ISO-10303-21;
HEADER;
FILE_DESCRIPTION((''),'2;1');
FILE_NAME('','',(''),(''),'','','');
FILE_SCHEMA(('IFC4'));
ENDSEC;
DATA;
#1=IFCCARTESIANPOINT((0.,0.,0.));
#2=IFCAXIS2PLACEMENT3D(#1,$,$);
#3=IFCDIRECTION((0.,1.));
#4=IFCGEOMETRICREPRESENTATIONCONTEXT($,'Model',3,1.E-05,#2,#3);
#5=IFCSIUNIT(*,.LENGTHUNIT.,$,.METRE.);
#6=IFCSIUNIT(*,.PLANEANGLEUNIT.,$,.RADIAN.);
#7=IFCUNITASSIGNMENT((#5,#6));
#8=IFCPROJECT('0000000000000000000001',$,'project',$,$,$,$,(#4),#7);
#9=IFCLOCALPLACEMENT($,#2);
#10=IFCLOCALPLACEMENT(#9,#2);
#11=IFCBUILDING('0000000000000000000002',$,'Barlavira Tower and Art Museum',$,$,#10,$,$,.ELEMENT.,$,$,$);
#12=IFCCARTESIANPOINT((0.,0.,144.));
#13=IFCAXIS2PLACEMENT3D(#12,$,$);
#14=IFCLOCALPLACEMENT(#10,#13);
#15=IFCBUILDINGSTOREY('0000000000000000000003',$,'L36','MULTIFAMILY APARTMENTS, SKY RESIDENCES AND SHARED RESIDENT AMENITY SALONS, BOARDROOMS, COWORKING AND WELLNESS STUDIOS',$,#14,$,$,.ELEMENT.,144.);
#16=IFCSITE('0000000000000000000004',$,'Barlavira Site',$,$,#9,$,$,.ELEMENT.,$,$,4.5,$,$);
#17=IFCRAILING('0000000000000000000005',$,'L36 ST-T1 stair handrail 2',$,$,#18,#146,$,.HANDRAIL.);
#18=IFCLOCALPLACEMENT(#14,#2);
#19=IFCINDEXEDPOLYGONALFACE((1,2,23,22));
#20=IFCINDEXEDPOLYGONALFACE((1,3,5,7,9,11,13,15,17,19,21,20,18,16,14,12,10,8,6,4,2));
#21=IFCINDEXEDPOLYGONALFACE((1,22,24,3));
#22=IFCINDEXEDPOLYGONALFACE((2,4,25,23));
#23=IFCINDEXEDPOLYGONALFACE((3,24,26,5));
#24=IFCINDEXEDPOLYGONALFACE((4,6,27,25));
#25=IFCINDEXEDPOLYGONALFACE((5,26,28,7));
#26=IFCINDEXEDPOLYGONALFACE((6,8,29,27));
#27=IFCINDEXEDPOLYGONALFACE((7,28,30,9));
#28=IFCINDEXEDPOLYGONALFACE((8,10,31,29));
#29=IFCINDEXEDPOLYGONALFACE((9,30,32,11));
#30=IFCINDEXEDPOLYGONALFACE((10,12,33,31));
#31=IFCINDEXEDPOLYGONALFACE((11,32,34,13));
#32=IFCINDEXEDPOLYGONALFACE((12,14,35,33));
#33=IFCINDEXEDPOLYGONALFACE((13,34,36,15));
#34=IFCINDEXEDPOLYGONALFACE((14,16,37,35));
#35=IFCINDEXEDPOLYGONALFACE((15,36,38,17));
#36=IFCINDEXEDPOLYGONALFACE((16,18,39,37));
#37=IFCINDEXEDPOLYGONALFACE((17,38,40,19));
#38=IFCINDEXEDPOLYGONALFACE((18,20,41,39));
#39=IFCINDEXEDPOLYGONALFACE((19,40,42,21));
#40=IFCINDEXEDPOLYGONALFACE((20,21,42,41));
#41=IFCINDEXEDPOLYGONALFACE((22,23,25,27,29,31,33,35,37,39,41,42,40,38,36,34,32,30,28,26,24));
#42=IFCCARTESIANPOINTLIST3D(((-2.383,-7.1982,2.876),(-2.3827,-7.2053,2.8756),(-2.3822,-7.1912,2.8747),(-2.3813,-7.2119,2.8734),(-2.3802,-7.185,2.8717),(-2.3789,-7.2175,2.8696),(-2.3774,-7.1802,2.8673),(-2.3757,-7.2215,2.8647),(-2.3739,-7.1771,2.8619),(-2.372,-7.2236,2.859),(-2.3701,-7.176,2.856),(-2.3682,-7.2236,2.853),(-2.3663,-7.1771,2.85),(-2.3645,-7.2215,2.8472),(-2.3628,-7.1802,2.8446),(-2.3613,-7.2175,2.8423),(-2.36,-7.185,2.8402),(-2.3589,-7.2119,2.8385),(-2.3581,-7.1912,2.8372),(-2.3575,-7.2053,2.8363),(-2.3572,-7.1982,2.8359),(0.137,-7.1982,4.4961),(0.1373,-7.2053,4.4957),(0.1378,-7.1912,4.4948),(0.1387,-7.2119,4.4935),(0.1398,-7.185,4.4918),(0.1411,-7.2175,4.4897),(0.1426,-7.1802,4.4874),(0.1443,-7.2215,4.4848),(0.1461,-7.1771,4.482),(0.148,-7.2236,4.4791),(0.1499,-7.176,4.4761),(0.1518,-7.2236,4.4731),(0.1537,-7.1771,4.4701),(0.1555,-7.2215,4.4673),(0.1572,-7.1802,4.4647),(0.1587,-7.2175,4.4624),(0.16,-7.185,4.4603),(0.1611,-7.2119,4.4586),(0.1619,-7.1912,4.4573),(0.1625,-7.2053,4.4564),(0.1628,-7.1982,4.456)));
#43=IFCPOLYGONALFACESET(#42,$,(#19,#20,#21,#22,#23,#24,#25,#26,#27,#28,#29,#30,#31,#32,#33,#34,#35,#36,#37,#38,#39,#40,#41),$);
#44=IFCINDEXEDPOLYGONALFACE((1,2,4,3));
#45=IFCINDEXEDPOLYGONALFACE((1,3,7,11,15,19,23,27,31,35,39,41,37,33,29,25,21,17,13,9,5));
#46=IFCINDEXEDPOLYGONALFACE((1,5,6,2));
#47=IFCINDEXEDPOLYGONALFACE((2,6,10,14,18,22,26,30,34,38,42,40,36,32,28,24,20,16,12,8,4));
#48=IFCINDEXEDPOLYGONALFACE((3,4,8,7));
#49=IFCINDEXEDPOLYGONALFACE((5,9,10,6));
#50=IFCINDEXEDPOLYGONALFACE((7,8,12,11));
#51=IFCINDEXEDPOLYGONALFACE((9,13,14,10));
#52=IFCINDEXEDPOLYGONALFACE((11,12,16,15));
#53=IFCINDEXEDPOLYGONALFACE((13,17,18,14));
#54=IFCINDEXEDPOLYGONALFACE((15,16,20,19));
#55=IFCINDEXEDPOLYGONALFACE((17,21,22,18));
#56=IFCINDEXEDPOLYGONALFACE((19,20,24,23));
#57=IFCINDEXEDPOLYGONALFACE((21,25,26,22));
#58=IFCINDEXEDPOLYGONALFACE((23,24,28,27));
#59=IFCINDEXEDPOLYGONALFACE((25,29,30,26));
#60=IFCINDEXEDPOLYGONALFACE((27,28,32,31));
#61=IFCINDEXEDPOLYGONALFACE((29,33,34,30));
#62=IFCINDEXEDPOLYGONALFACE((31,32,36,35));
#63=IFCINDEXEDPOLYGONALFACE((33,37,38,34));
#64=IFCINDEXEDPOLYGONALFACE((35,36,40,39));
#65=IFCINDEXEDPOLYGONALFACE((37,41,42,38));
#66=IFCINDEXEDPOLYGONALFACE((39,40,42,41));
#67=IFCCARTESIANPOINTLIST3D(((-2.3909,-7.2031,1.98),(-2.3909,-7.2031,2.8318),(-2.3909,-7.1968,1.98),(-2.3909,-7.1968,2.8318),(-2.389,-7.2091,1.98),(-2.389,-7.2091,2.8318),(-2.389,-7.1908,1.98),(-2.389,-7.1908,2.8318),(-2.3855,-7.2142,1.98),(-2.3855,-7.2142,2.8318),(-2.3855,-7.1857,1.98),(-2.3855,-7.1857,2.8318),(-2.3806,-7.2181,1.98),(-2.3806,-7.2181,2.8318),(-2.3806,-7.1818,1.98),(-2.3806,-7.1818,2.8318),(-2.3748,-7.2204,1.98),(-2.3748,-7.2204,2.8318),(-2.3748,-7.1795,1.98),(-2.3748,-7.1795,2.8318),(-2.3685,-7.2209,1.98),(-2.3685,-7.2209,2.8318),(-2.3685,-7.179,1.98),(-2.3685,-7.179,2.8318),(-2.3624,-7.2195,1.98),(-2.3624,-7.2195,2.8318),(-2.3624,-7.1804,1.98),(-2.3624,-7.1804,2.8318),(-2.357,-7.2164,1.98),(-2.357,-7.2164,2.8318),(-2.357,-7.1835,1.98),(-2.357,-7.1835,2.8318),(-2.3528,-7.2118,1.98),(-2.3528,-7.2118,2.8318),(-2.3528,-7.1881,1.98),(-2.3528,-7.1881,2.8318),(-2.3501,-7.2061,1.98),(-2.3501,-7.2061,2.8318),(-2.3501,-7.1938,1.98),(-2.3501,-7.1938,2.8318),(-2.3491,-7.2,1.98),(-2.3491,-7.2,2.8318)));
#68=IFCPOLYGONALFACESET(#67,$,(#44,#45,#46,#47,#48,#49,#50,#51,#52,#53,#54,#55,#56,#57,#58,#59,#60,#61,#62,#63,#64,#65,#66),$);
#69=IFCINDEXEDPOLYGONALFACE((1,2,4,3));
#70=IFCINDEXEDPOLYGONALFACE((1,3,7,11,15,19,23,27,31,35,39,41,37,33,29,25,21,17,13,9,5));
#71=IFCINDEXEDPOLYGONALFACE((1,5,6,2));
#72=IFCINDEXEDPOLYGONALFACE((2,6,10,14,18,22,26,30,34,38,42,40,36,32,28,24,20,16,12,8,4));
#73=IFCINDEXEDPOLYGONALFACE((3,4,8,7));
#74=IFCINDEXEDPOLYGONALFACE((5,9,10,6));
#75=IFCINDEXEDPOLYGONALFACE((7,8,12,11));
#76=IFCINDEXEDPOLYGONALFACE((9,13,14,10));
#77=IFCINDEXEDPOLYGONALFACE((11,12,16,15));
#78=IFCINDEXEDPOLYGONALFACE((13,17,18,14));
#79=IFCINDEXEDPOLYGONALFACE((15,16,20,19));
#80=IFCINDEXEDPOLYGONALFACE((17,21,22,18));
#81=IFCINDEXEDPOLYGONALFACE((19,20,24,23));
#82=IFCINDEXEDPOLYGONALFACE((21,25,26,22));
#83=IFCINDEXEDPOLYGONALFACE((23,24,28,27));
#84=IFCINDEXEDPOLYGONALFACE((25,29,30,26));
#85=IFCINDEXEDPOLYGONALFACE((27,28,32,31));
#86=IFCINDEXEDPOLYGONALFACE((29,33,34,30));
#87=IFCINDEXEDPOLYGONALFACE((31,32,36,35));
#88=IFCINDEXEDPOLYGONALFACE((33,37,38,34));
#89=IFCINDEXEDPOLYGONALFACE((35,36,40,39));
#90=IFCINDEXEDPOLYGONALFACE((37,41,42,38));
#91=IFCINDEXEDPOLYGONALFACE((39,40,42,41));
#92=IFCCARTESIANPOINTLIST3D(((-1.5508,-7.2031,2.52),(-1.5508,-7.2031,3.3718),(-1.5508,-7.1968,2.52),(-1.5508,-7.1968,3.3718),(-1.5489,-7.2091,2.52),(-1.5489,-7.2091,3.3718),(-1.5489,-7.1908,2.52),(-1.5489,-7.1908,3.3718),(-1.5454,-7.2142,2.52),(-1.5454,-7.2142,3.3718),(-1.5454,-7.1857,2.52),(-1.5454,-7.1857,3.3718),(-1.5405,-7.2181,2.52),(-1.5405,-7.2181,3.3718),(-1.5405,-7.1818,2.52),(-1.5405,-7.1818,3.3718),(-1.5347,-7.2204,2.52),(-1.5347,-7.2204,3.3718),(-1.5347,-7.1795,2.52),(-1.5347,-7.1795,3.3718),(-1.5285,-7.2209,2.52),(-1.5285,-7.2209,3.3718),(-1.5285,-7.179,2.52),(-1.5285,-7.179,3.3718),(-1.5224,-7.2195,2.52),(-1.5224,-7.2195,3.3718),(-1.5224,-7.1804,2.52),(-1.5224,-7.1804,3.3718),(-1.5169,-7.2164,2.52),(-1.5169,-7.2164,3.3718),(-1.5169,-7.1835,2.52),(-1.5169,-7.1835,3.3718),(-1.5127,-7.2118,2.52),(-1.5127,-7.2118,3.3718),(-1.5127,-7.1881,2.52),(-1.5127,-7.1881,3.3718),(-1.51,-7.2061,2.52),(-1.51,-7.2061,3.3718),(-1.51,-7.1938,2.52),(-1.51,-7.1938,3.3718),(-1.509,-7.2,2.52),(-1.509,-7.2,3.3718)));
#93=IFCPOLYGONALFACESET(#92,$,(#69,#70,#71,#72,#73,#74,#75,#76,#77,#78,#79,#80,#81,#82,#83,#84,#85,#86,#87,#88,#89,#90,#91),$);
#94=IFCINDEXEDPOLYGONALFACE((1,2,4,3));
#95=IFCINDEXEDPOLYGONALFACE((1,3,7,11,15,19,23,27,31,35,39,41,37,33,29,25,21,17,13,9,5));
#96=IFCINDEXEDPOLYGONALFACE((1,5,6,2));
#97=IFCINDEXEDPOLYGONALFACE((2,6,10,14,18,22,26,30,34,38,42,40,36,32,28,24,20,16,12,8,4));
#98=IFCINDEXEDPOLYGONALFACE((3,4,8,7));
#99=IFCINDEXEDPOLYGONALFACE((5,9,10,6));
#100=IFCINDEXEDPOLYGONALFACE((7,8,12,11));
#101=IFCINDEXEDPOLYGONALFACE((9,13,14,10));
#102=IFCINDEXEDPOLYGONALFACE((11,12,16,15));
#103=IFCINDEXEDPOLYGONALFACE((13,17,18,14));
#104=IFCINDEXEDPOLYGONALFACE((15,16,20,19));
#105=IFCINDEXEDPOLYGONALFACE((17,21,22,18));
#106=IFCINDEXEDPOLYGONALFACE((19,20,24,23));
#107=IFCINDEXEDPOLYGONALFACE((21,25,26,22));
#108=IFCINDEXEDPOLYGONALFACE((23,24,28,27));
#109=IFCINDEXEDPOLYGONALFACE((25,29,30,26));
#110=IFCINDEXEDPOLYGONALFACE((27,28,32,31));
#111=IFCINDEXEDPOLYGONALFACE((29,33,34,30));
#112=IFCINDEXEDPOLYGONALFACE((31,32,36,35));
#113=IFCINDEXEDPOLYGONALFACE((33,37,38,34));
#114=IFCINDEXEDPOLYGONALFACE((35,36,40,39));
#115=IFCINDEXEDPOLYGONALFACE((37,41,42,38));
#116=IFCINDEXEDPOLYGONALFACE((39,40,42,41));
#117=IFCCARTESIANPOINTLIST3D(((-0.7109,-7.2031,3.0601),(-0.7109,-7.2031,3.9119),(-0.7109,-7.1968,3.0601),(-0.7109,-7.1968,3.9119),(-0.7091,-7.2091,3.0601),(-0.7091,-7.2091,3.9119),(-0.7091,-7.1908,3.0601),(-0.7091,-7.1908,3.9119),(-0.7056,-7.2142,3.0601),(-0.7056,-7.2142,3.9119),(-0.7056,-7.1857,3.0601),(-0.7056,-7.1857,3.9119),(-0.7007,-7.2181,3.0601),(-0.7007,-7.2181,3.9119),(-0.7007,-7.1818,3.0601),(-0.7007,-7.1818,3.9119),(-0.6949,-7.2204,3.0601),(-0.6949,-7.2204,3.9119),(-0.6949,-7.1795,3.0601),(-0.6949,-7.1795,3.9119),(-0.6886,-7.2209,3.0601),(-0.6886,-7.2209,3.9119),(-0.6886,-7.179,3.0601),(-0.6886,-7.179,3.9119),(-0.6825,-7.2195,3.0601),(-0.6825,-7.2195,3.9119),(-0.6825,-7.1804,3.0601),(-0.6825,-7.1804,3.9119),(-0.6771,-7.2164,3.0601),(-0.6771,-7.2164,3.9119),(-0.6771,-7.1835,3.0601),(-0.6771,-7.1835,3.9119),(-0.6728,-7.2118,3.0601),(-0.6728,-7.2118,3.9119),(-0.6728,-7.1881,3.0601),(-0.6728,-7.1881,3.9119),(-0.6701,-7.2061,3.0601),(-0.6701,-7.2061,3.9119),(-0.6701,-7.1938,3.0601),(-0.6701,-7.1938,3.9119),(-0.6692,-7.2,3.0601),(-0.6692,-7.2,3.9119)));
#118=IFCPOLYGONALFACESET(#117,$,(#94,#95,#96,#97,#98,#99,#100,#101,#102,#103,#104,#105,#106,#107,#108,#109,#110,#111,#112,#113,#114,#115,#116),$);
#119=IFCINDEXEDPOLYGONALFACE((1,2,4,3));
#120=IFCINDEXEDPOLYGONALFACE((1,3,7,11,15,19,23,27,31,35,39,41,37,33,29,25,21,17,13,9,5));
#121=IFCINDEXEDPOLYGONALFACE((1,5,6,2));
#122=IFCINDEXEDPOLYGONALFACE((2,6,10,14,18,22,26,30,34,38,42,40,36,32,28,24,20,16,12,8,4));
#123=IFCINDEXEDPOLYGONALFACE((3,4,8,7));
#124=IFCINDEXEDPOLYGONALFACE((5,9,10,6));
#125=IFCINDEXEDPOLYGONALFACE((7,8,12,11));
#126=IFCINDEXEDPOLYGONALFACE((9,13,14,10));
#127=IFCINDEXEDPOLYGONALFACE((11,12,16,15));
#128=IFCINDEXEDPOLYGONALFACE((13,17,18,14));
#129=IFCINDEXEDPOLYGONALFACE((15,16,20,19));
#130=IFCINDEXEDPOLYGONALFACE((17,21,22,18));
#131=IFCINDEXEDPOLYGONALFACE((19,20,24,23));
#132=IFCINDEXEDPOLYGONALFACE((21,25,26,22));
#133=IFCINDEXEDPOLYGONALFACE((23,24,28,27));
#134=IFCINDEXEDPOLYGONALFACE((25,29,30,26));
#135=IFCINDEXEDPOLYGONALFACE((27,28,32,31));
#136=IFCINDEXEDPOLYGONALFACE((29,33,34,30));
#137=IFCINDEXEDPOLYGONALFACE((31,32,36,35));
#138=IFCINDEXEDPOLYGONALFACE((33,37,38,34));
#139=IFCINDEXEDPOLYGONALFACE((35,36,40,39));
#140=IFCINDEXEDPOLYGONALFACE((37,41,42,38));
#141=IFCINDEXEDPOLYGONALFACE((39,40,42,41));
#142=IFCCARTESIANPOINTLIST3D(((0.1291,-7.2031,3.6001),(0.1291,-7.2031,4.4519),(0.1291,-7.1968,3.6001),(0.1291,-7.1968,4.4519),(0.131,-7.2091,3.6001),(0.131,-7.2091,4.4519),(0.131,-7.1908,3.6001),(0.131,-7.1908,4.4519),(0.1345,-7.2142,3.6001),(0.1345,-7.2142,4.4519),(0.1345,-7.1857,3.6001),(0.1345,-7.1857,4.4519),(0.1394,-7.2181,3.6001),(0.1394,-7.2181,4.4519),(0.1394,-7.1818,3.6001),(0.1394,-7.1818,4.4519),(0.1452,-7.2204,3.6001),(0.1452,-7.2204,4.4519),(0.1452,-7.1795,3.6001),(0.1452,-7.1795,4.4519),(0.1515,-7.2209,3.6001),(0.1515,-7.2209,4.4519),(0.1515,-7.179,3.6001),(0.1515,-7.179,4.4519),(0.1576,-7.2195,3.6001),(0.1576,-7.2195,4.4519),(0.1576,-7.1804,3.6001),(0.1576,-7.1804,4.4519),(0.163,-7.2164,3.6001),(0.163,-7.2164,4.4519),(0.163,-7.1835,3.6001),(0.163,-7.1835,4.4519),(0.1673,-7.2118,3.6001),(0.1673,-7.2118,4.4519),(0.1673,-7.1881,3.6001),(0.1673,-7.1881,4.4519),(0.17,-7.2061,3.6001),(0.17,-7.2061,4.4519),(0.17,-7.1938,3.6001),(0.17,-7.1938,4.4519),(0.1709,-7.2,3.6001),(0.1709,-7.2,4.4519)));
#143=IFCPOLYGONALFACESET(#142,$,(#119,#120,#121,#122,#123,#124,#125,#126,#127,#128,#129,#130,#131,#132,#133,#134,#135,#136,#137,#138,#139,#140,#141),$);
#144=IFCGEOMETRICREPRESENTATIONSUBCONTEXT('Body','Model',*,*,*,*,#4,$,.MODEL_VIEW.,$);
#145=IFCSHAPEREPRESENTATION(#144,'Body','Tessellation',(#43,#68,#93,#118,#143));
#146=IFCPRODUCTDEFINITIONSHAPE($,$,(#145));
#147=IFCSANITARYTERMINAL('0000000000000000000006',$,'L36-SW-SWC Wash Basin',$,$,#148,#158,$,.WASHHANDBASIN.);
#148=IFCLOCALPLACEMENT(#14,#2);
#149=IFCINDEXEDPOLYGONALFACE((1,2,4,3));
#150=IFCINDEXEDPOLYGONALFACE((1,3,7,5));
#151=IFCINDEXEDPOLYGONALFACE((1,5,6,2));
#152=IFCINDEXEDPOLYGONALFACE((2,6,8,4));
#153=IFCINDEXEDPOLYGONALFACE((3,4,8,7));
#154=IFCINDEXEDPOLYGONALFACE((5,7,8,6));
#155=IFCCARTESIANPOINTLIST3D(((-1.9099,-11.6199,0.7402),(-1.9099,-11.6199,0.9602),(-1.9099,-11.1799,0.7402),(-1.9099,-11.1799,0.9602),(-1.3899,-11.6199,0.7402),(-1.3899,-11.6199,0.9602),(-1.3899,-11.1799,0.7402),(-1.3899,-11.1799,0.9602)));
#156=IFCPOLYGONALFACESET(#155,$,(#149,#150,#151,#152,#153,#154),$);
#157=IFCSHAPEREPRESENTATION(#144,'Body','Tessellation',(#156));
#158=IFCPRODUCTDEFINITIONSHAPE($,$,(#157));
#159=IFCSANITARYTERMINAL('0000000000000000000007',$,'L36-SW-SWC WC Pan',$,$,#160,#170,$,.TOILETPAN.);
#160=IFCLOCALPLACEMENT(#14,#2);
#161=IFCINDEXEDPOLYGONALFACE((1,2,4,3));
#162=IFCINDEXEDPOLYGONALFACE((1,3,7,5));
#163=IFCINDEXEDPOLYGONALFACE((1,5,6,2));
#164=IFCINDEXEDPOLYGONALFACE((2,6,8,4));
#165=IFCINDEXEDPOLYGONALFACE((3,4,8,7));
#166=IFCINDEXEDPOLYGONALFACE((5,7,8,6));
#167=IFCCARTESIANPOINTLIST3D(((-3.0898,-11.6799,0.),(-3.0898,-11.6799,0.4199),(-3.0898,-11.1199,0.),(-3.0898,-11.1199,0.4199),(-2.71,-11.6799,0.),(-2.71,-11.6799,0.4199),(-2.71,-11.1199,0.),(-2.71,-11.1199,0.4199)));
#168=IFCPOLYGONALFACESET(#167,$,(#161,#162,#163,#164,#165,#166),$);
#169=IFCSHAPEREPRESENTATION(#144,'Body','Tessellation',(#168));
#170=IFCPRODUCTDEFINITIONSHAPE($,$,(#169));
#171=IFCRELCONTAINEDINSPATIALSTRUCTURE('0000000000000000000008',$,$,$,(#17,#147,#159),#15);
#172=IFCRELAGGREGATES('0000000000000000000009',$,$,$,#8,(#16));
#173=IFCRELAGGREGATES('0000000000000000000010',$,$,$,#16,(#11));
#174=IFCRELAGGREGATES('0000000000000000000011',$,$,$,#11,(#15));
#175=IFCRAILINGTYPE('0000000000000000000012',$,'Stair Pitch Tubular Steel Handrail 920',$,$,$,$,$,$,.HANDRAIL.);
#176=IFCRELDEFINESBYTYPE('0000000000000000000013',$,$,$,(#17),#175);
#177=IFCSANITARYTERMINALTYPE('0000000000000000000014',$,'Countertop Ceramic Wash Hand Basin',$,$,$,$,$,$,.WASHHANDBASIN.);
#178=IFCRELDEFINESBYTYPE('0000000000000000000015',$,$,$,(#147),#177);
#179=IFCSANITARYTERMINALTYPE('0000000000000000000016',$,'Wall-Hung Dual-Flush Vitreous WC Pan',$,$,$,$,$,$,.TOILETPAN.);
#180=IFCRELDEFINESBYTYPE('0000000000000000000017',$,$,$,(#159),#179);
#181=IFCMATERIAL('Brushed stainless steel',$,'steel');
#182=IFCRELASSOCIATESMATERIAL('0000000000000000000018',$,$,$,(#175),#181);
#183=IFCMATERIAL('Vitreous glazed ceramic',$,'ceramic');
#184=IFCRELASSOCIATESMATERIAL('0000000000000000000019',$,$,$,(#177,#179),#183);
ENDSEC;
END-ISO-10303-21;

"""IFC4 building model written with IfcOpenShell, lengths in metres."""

from ifc_helpers import new_model, si_unit, direction, frame, origin, origin_2d, place, context, subcontext, project, spatial, rectangle, circle, extrude, material, type_object, element, save


model = new_model("IFC4")

# Units and contexts
model_context = context("Model", 3, precision=1e-05, world=origin(), true_north=direction((0.0, 1.0)))
body_context = subcontext(model_context, "Body", "Model", "MODEL_VIEW")
ifc_project = project(units=[si_unit("LENGTHUNIT", "METRE"), si_unit("PLANEANGLEUNIT", "RADIAN")], contexts=[model_context])

# Site, building, storey
site_placement = place(None, origin())
site = spatial("IfcSite", under=ifc_project, at=site_placement, Name="Barlavira Site", CompositionType="ELEMENT", RefElevation=4.5)
building_placement = place(site_placement, origin())
building = spatial("IfcBuilding", under=site, at=building_placement, Name="Barlavira Tower and Art Museum", CompositionType="ELEMENT")
storey_placement = place(building_placement, frame((0.0, 0.0, 144.0)))
storey = spatial("IfcBuildingStorey", under=building, at=storey_placement, Name="L36", Description="MULTIFAMILY APARTMENTS, SKY RESIDENCES AND SHARED RESIDENT AMENITY SALONS, BOARDROOMS, COWORKING AND WELLNESS STUDIOS", CompositionType="ELEMENT", Elevation=144.0)

# Shared definitions
ifc_material_1 = material(Name="Brushed stainless steel", Category="steel")

# Railing
railing_type_1 = type_object("IfcRailingType", Name="Stair Pitch Tubular Steel Handrail 920", PredefinedType="HANDRAIL", material=ifc_material_1)
railing_1_placement = place(storey_placement, frame((-2.3701, -7.2, 1.98)))
element("IfcRailing", 1, at=railing_1_placement, inside=storey, type_object=railing_type_1, Name="L36 ST-T1 stair handrail 2", PredefinedType="HANDRAIL", context=body_context, shape_type="SweptSolid", body=[
    extrude(circle(Radius=0.0239, at=origin_2d()), frame((0.0, 0.0, 0.876), z_axis=(0.841163, 0.0, 0.540782), x_axis=(0.0, 1.0, 0.0)), (0.0, 0.0, 1.0), 2.9958),
    extrude(circle(Radius=0.021, at=origin_2d()), origin(), (0.0, 0.0, 1.0), 0.8518),
    extrude(circle(Radius=0.021, at=origin_2d()), frame((0.8401, 0.0, 0.54)), (0.0, 0.0, 1.0), 0.8518),
    extrude(circle(Radius=0.021, at=origin_2d()), frame((1.6799, 0.0, 1.0801)), (0.0, 0.0, 1.0), 0.8518),
    extrude(circle(Radius=0.021, at=origin_2d()), frame((2.52, 0.0, 1.6201)), (0.0, 0.0, 1.0), 0.8518),
])

# Sanitary terminals
ifc_material_2 = material(Name="Vitreous glazed ceramic", Category="ceramic")
sanitary_terminal_type_1 = type_object("IfcSanitaryTerminalType", Name="Countertop Ceramic Wash Hand Basin", PredefinedType="WASHHANDBASIN", material=ifc_material_2)
sanitary_terminal_1_placement = place(storey_placement, frame((-1.6499, -11.3999, 0.7402), z_axis=(0.0, 0.0, 1.0), x_axis=(1.0, 0.0, 0.0)))
element("IfcSanitaryTerminal", 2, at=sanitary_terminal_1_placement, inside=storey, type_object=sanitary_terminal_type_1, Name="L36-SW-SWC Wash Basin", PredefinedType="WASHHANDBASIN", context=body_context, shape_type="SweptSolid", body=[
    extrude(rectangle(XDim=0.52, YDim=0.4399, at=origin_2d()), origin(), (0.0, 0.0, 1.0), 0.22),
])
sanitary_terminal_type_2 = type_object("IfcSanitaryTerminalType", Name="Wall-Hung Dual-Flush Vitreous WC Pan", PredefinedType="TOILETPAN", material=ifc_material_2)
sanitary_terminal_2_placement = place(storey_placement, frame((-2.8999, -11.3999, 0.0), z_axis=(0.0, 0.0, 1.0), x_axis=(1.0, 0.0, 0.0)))
element("IfcSanitaryTerminal", 3, at=sanitary_terminal_2_placement, inside=storey, type_object=sanitary_terminal_type_2, Name="L36-SW-SWC WC Pan", PredefinedType="TOILETPAN", context=body_context, shape_type="SweptSolid", body=[
    extrude(rectangle(XDim=0.3799, YDim=0.5601, at=origin_2d()), origin(), (0.0, 0.0, 1.0), 0.4199),
])

save(model, "model.ifc")
